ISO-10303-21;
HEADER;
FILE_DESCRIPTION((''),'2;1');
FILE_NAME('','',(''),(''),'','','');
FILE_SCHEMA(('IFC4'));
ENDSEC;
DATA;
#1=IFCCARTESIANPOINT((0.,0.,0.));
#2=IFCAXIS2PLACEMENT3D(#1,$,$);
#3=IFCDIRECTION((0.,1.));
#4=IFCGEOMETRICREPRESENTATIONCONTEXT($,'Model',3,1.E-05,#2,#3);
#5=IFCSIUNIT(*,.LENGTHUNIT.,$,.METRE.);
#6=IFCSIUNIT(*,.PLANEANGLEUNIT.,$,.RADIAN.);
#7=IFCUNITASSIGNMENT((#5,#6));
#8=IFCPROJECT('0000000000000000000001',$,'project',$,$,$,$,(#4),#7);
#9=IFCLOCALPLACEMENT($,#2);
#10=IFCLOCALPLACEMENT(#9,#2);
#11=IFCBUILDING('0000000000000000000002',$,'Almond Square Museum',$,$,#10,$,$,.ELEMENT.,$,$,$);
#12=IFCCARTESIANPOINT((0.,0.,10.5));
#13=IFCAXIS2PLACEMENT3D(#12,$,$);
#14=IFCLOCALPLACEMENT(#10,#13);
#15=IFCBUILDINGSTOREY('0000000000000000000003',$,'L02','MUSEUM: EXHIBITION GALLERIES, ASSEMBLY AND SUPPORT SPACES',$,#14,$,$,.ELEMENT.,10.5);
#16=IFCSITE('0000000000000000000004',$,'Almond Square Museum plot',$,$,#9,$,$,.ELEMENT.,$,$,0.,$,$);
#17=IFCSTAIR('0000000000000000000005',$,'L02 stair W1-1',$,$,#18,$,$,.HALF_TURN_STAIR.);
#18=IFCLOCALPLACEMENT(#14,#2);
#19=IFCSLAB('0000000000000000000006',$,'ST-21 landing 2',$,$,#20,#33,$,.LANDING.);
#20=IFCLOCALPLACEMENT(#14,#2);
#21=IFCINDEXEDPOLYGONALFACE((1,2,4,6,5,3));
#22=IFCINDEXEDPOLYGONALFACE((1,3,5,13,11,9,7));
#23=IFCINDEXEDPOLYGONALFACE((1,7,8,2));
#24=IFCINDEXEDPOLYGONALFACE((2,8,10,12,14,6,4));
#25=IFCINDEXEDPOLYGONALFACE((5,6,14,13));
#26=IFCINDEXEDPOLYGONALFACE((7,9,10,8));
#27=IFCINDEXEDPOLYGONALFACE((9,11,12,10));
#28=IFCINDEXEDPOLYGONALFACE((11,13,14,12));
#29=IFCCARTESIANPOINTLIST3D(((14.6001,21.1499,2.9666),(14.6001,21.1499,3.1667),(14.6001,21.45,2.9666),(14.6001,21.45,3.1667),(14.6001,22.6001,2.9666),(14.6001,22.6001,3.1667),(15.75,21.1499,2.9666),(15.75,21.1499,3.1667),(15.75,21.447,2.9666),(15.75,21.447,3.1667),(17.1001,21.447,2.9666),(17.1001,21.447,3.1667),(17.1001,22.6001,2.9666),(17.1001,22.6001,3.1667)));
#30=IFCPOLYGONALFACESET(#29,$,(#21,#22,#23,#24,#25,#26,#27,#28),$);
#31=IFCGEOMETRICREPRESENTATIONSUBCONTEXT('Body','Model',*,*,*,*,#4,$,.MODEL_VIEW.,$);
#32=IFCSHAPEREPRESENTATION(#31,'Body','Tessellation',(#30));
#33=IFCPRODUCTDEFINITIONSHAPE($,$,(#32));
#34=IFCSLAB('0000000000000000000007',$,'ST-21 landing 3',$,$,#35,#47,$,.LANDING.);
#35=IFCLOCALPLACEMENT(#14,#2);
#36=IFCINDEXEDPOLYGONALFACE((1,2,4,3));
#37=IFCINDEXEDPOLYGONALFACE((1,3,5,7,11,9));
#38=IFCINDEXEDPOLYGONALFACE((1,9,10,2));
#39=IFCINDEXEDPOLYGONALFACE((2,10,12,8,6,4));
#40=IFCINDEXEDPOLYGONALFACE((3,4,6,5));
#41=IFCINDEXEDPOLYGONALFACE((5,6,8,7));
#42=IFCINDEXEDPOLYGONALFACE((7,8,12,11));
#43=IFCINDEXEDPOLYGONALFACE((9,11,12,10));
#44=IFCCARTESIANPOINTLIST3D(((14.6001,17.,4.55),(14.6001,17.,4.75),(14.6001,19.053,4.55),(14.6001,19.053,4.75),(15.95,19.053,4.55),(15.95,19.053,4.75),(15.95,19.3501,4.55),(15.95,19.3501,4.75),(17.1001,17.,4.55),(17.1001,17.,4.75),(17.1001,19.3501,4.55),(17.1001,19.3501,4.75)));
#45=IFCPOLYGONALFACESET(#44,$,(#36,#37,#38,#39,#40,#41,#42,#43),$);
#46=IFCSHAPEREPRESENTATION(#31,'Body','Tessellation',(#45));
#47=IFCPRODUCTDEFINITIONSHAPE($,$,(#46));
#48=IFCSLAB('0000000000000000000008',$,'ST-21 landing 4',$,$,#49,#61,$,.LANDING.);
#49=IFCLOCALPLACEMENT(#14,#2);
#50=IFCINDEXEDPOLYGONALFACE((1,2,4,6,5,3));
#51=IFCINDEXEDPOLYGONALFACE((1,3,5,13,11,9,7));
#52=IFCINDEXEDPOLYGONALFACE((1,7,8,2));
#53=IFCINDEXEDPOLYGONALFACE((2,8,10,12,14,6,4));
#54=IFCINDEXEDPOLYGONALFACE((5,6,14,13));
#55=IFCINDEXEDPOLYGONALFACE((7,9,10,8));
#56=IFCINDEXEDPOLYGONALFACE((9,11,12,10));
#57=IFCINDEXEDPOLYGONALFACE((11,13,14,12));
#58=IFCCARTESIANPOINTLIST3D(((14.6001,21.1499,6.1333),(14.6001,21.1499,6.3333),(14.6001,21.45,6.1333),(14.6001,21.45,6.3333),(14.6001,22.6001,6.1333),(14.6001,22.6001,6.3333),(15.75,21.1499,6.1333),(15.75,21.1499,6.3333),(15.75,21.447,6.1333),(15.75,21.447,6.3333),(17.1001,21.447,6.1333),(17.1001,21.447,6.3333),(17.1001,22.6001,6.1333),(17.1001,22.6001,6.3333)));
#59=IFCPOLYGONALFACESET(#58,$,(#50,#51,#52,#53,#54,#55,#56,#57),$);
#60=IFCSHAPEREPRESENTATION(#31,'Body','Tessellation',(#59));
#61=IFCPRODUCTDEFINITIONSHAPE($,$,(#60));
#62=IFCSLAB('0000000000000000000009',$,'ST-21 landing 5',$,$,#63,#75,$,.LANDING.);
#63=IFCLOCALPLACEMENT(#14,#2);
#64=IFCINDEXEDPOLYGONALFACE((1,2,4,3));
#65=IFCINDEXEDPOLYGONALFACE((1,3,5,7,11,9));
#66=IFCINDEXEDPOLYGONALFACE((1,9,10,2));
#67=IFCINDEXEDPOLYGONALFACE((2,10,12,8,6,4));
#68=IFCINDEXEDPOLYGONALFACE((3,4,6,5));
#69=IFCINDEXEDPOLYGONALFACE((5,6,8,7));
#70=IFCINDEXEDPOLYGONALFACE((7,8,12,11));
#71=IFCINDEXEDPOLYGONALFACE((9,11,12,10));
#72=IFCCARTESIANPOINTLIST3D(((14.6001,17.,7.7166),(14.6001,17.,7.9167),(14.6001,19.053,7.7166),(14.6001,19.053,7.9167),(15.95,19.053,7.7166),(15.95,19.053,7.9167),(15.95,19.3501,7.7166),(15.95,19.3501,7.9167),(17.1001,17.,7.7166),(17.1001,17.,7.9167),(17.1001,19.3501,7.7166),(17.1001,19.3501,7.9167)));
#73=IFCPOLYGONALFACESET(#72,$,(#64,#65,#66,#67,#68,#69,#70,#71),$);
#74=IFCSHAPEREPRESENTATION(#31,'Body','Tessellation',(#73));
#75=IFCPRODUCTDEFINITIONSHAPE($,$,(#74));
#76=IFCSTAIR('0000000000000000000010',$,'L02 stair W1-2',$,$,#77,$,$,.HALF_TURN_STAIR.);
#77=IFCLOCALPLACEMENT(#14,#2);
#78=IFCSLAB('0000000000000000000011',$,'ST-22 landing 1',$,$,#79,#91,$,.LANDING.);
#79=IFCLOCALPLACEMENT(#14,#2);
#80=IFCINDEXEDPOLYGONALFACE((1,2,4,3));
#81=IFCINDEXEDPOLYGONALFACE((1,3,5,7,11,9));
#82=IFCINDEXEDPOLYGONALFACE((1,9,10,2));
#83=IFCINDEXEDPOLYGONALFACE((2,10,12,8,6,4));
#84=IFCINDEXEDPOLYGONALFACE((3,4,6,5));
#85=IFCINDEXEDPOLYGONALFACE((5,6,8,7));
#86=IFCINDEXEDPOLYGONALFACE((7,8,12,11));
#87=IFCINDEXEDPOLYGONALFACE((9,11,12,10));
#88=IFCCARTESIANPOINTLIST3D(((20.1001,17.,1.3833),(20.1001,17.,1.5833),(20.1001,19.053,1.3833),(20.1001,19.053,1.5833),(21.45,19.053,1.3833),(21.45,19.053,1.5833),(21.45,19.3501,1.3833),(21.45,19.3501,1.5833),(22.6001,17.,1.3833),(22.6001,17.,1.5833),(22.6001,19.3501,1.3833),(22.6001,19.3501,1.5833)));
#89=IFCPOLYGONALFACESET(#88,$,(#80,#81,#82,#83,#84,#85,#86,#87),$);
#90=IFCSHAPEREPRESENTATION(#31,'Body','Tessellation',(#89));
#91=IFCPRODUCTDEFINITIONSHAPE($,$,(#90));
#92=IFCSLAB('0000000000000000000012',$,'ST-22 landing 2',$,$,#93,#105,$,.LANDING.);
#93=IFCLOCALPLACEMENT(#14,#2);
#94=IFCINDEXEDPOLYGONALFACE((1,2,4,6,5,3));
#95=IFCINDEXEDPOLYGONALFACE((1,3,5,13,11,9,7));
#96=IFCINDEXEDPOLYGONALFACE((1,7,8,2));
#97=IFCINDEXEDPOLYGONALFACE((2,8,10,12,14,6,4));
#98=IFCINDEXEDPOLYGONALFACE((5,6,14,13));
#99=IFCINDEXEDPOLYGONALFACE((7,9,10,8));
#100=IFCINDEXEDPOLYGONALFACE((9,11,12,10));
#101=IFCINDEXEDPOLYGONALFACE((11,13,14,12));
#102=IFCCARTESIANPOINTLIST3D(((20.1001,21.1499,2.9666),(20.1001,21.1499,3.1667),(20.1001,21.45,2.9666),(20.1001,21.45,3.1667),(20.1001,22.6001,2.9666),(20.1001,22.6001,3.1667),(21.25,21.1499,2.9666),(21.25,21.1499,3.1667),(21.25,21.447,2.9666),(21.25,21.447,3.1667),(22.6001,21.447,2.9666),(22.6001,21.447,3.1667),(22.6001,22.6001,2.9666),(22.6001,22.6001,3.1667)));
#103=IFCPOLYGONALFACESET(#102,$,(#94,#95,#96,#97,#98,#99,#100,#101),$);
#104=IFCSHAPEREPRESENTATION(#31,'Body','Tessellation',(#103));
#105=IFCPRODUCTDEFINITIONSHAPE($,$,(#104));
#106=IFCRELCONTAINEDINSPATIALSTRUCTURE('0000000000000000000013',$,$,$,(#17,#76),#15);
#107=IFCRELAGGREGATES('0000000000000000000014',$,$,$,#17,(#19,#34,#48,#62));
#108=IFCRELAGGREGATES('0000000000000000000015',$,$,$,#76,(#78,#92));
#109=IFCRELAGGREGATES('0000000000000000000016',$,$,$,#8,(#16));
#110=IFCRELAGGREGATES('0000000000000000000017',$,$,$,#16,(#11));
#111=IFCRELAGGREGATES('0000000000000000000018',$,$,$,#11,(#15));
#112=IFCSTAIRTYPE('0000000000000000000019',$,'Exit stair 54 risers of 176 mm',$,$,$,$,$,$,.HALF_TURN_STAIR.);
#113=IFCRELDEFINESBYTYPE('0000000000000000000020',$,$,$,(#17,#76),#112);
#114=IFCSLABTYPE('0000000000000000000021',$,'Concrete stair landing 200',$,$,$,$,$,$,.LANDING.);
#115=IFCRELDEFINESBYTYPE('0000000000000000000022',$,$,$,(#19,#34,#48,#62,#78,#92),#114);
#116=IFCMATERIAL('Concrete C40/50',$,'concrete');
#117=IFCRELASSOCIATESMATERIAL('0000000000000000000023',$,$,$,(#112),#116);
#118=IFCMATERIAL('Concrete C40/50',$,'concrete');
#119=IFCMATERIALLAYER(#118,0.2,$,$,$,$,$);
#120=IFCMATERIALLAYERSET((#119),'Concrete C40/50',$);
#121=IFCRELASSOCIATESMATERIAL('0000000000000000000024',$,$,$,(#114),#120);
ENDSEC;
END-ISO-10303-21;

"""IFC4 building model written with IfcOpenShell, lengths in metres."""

from ifc_helpers import new_model, si_unit, direction, frame, origin, place, context, subcontext, project, spatial, polyline, outline, extrude, material, layer, layer_set, type_object, element, aggregate, save


model = new_model("IFC4")

# Units and contexts
model_context = context("Model", 3, precision=1e-05, world=origin(), true_north=direction((0.0, 1.0)))
body_context = subcontext(model_context, "Body", "Model", "MODEL_VIEW")
ifc_project = project(units=[si_unit("LENGTHUNIT", "METRE"), si_unit("PLANEANGLEUNIT", "RADIAN")], contexts=[model_context])

# Site, building, storey
site_placement = place(None, origin())
site = spatial("IfcSite", under=ifc_project, at=site_placement, Name="Almond Square Museum plot", CompositionType="ELEMENT", RefElevation=0.0)
building_placement = place(site_placement, origin())
building = spatial("IfcBuilding", under=site, at=building_placement, Name="Almond Square Museum", CompositionType="ELEMENT")
storey_placement = place(building_placement, frame((0.0, 0.0, 10.5)))
storey = spatial("IfcBuildingStorey", under=building, at=storey_placement, Name="L02", Description="MUSEUM: EXHIBITION GALLERIES, ASSEMBLY AND SUPPORT SPACES", CompositionType="ELEMENT", Elevation=10.5)

# Stairs, slabs
ifc_material_1 = material(Name="Concrete C40/50", Category="concrete")
stair_type = type_object("IfcStairType", Name="Exit stair 54 risers of 176 mm", PredefinedType="HALF_TURN_STAIR", material=ifc_material_1)
ifc_material_2 = material(Name="Concrete C40/50", Category="concrete")
ifc_layer = layer(ifc_material_2, 0.2)
ifc_layer_set = layer_set([ifc_layer], Name="Concrete C40/50")
slab_type = type_object("IfcSlabType", Name="Concrete stair landing 200", PredefinedType="LANDING", material=ifc_layer_set)
stair_1_placement = place(storey_placement, origin())
stair_1 = element("IfcStair", 1, at=stair_1_placement, inside=storey, type_object=stair_type, Name="L02 stair W1-1", PredefinedType="HALF_TURN_STAIR")
slab_1_placement = place(storey_placement, frame((0.0, 0.0, 2.9666)))
slab_1 = element("IfcSlab", 2, at=slab_1_placement, type_object=slab_type, Name="ST-21 landing 2", PredefinedType="LANDING", context=body_context, shape_type="SweptSolid", body=[
    extrude(outline(polyline([(14.6001, 22.6001), (14.6001, 21.45), (14.6001, 21.1499), (15.75, 21.1499), (15.75, 21.447), (17.1001, 21.447), (17.1001, 22.6001), (14.6001, 22.6001)])), origin(), (0.0, 0.0, 1.0), 0.2002),
])
slab_2_placement = place(storey_placement, frame((0.0, 0.0, 4.55)))
slab_2 = element("IfcSlab", 3, at=slab_2_placement, type_object=slab_type, Name="ST-21 landing 3", PredefinedType="LANDING", context=body_context, shape_type="SweptSolid", body=[
    extrude(outline(polyline([(14.6001, 19.053), (14.6001, 17.0), (17.1001, 17.0), (17.1001, 19.3501), (15.95, 19.3501), (15.95, 19.053), (14.6001, 19.053)])), origin(), (0.0, 0.0, 1.0), 0.2),
])
slab_3_placement = place(storey_placement, frame((0.0, 0.0, 6.1333)))
slab_3 = element("IfcSlab", 4, at=slab_3_placement, type_object=slab_type, Name="ST-21 landing 4", PredefinedType="LANDING", context=body_context, shape_type="SweptSolid", body=[
    extrude(outline(polyline([(14.6001, 22.6001), (14.6001, 21.45), (14.6001, 21.1499), (15.75, 21.1499), (15.75, 21.447), (17.1001, 21.447), (17.1001, 22.6001), (14.6001, 22.6001)])), origin(), (0.0, 0.0, 1.0), 0.2),
])
slab_4_placement = place(storey_placement, frame((0.0, 0.0, 7.7166)))
slab_4 = element("IfcSlab", 5, at=slab_4_placement, type_object=slab_type, Name="ST-21 landing 5", PredefinedType="LANDING", context=body_context, shape_type="SweptSolid", body=[
    extrude(outline(polyline([(14.6001, 19.053), (14.6001, 17.0), (17.1001, 17.0), (17.1001, 19.3501), (15.95, 19.3501), (15.95, 19.053), (14.6001, 19.053)])), origin(), (0.0, 0.0, 1.0), 0.2002),
])
aggregate(stair_1, [slab_1, slab_2, slab_3, slab_4])
stair_2_placement = place(storey_placement, origin())
stair_2 = element("IfcStair", 6, at=stair_2_placement, inside=storey, type_object=stair_type, Name="L02 stair W1-2", PredefinedType="HALF_TURN_STAIR")
slab_5_placement = place(storey_placement, frame((0.0, 0.0, 1.3833)))
slab_5 = element("IfcSlab", 7, at=slab_5_placement, type_object=slab_type, Name="ST-22 landing 1", PredefinedType="LANDING", context=body_context, shape_type="SweptSolid", body=[
    extrude(outline(polyline([(20.1001, 19.053), (20.1001, 17.0), (22.6001, 17.0), (22.6001, 19.3501), (21.45, 19.3501), (21.45, 19.053), (20.1001, 19.053)])), origin(), (0.0, 0.0, 1.0), 0.2),
])
slab_6_placement = place(storey_placement, frame((0.0, 0.0, 2.9666)))
slab_6 = element("IfcSlab", 8, at=slab_6_placement, type_object=slab_type, Name="ST-22 landing 2", PredefinedType="LANDING", context=body_context, shape_type="SweptSolid", body=[
    extrude(outline(polyline([(20.1001, 22.6001), (20.1001, 21.45), (20.1001, 21.1499), (21.25, 21.1499), (21.25, 21.447), (22.6001, 21.447), (22.6001, 22.6001), (20.1001, 22.6001)])), origin(), (0.0, 0.0, 1.0), 0.2002),
])
aggregate(stair_2, [slab_5, slab_6])

save(model, "model.ifc")
